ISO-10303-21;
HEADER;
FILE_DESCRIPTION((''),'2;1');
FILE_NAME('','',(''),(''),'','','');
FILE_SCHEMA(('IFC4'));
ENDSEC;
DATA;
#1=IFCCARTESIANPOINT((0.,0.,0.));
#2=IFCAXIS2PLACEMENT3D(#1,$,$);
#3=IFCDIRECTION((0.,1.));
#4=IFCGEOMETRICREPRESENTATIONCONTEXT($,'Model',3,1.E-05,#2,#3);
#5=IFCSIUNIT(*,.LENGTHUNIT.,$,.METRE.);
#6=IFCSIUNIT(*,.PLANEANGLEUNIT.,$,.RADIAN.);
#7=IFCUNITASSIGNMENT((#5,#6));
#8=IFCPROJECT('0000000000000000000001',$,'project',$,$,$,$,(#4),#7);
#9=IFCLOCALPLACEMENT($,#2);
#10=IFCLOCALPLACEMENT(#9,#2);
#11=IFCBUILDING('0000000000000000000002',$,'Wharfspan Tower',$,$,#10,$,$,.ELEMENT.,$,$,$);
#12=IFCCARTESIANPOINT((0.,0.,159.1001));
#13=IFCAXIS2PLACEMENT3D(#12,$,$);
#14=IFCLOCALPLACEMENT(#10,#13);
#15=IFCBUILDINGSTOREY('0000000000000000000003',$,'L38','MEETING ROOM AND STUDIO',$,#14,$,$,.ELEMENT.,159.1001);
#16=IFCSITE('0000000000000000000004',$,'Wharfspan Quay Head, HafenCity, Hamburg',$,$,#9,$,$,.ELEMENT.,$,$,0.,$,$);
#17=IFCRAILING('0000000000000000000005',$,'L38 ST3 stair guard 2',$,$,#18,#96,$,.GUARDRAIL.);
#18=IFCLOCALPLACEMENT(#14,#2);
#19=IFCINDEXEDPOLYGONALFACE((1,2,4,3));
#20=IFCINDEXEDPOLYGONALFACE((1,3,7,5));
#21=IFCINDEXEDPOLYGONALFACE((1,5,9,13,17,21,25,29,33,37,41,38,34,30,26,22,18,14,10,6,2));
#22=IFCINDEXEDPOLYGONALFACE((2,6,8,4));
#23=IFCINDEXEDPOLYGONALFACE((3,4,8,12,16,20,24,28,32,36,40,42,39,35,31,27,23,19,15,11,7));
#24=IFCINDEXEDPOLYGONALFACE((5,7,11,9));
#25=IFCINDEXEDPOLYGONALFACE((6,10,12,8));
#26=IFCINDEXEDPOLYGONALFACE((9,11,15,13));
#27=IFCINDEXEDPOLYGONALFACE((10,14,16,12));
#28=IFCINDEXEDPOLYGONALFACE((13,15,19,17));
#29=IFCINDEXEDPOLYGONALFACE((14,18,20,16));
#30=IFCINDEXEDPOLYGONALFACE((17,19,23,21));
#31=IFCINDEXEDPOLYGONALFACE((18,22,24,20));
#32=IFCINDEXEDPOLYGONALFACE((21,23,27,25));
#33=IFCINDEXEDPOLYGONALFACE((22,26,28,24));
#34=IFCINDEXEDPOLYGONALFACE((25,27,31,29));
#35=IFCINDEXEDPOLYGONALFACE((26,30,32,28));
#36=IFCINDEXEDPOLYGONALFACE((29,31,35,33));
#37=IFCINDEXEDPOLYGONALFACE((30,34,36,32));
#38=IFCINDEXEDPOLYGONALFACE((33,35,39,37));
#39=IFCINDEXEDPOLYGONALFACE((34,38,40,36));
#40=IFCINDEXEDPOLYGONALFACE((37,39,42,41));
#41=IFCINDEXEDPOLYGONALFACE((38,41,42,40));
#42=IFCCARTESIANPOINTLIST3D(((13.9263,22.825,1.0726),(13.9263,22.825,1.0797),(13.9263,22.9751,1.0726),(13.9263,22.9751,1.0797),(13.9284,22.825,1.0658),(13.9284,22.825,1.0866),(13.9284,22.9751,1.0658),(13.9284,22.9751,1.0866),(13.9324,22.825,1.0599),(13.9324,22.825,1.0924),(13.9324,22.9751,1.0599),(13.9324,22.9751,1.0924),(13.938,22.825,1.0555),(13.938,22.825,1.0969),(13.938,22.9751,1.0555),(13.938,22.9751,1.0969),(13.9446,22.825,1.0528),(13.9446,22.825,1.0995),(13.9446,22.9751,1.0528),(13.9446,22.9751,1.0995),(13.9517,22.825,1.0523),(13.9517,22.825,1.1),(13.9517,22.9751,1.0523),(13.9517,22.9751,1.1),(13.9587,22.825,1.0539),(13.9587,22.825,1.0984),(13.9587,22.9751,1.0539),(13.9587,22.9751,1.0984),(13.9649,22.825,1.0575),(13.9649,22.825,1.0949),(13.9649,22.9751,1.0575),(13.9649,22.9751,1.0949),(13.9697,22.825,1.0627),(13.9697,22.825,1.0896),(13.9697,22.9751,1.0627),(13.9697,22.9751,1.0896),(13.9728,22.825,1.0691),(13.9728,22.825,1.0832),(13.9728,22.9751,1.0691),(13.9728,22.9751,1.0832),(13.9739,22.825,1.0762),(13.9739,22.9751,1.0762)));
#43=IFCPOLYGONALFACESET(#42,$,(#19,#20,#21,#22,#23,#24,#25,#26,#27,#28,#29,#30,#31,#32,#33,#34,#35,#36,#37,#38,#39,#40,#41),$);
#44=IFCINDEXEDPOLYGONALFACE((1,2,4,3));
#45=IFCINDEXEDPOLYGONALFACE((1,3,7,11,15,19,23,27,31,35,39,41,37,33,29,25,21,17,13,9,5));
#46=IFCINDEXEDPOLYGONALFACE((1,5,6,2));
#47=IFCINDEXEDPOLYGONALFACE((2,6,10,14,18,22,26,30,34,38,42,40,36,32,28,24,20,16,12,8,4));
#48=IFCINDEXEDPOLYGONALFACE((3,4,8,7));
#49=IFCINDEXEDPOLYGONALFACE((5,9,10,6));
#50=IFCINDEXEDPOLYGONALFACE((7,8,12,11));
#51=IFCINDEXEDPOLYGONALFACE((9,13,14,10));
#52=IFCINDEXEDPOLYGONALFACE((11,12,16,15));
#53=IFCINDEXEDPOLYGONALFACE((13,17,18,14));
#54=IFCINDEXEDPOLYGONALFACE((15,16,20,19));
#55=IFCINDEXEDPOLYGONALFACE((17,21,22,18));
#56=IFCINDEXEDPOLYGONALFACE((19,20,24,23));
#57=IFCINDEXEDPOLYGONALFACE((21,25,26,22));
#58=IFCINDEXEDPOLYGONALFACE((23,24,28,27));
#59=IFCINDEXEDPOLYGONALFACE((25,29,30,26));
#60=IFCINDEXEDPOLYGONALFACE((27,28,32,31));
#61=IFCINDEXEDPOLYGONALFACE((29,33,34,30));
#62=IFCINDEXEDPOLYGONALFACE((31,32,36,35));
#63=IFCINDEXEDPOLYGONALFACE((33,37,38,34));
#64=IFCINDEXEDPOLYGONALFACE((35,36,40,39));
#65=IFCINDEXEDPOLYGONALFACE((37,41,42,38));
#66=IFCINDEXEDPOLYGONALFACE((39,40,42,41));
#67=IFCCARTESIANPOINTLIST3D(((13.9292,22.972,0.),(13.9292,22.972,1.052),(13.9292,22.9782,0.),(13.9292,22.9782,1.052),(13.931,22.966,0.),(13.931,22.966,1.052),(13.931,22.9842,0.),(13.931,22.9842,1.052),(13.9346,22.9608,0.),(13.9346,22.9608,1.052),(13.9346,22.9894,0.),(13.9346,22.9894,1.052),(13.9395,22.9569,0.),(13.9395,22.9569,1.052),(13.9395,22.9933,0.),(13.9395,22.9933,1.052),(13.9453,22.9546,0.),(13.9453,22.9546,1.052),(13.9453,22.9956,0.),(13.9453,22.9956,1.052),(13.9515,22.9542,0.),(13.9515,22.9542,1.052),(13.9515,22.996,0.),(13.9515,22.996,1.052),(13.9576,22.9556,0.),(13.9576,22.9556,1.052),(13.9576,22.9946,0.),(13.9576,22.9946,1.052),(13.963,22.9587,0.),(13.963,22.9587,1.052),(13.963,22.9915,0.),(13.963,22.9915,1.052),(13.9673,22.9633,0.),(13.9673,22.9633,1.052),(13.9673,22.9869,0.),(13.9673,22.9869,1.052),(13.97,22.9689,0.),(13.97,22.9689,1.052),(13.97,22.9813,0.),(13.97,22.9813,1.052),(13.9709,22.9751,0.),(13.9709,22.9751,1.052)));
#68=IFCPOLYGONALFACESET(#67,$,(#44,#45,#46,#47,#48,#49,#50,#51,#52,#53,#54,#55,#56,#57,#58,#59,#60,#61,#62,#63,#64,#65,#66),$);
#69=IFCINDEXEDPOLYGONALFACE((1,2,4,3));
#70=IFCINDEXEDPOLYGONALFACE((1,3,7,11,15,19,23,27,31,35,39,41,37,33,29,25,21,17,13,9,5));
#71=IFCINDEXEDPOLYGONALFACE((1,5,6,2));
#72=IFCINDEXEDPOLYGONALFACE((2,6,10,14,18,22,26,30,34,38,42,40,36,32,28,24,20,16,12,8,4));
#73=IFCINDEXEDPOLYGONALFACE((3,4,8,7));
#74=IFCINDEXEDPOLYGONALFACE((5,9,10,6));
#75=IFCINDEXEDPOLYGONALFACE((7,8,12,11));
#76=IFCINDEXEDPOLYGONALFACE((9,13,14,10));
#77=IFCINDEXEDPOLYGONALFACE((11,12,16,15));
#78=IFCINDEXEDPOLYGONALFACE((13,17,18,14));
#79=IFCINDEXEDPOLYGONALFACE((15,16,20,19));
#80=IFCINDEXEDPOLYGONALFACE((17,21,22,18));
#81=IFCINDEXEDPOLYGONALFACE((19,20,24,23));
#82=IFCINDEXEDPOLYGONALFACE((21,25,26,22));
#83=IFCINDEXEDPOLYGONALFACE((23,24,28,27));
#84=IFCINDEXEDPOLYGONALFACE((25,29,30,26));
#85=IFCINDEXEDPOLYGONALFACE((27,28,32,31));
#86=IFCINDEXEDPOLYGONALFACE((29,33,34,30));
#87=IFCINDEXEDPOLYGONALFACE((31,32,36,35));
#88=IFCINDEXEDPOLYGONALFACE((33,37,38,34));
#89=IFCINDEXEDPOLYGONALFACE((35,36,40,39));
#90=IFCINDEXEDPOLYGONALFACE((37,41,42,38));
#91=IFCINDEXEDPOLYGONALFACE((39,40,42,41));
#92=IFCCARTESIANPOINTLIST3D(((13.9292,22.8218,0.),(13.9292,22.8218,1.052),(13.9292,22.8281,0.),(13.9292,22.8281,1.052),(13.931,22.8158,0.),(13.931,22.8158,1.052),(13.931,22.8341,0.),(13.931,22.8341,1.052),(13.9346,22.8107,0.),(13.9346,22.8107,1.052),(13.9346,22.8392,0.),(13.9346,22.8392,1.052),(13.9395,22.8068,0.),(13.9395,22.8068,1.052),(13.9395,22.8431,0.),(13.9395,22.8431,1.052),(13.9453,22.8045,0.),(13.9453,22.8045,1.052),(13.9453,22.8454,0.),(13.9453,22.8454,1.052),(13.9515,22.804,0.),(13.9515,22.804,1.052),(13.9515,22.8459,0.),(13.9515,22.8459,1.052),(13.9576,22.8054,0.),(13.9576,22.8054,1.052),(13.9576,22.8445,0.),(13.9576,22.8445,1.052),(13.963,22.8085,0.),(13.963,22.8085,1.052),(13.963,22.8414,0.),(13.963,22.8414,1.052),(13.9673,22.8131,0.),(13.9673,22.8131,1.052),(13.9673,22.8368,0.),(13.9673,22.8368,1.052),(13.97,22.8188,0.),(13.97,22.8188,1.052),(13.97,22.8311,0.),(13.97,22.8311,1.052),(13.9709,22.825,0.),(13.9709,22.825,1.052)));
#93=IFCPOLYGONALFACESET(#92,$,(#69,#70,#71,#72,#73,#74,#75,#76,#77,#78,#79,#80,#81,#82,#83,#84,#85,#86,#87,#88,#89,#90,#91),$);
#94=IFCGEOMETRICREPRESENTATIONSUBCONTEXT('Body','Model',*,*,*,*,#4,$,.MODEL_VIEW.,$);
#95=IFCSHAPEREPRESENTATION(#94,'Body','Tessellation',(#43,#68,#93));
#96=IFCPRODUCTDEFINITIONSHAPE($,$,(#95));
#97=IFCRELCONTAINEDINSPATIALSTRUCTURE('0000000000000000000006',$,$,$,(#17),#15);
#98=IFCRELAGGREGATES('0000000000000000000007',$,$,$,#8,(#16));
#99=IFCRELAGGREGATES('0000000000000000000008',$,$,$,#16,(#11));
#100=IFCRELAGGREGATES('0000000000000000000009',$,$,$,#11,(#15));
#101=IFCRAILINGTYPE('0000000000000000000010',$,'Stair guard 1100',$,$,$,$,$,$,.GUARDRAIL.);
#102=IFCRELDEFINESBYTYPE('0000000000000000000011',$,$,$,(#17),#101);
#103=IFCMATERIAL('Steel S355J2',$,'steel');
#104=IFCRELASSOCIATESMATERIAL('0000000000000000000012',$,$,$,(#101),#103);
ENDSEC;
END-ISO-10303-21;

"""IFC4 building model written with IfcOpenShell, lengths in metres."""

from ifc_helpers import new_model, si_unit, direction, frame, origin, origin_2d, place, context, subcontext, project, spatial, circle, extrude, material, type_object, element, save


model = new_model("IFC4")

# Units and contexts
model_context = context("Model", 3, precision=1e-05, world=origin(), true_north=direction((0.0, 1.0)))
body_context = subcontext(model_context, "Body", "Model", "MODEL_VIEW")
ifc_project = project(units=[si_unit("LENGTHUNIT", "METRE"), si_unit("PLANEANGLEUNIT", "RADIAN")], contexts=[model_context])

# Site, building, storey
site_placement = place(None, origin())
site = spatial("IfcSite", under=ifc_project, at=site_placement, Name="Wharfspan Quay Head, HafenCity, Hamburg", CompositionType="ELEMENT", RefElevation=0.0)
building_placement = place(site_placement, origin())
building = spatial("IfcBuilding", under=site, at=building_placement, Name="Wharfspan Tower", CompositionType="ELEMENT")
storey_placement = place(building_placement, frame((0.0, 0.0, 159.1001)))
storey = spatial("IfcBuildingStorey", under=building, at=storey_placement, Name="L38", Description="MEETING ROOM AND STUDIO", CompositionType="ELEMENT", Elevation=159.1001)

# Railing
ifc_material_1 = material(Name="Steel S355J2", Category="steel")
railing_type_1 = type_object("IfcRailingType", Name="Stair guard 1100", PredefinedType="GUARDRAIL", material=ifc_material_1)
railing_1_placement = place(storey_placement, frame((13.95, 22.9751, 0.0)))
element("IfcRailing", 1, at=railing_1_placement, inside=storey, type_object=railing_type_1, Name="L38 ST3 stair guard 2", PredefinedType="GUARDRAIL", context=body_context, shape_type="SweptSolid", body=[
    extrude(circle(Radius=0.0239, at=origin_2d()), frame((0.0, 0.0, 1.0762), z_axis=(0.0, -1.0, 0.0), x_axis=(1.0, 0.0, 0.0)), (0.0, 0.0, 1.0), 0.1501),
    extrude(circle(Radius=0.021, at=origin_2d()), origin(), (0.0, 0.0, 1.0), 1.052),
    extrude(circle(Radius=0.021, at=origin_2d()), frame((0.0, -0.1501, 0.0)), (0.0, 0.0, 1.0), 1.052),
])

save(model, "model.ifc")
